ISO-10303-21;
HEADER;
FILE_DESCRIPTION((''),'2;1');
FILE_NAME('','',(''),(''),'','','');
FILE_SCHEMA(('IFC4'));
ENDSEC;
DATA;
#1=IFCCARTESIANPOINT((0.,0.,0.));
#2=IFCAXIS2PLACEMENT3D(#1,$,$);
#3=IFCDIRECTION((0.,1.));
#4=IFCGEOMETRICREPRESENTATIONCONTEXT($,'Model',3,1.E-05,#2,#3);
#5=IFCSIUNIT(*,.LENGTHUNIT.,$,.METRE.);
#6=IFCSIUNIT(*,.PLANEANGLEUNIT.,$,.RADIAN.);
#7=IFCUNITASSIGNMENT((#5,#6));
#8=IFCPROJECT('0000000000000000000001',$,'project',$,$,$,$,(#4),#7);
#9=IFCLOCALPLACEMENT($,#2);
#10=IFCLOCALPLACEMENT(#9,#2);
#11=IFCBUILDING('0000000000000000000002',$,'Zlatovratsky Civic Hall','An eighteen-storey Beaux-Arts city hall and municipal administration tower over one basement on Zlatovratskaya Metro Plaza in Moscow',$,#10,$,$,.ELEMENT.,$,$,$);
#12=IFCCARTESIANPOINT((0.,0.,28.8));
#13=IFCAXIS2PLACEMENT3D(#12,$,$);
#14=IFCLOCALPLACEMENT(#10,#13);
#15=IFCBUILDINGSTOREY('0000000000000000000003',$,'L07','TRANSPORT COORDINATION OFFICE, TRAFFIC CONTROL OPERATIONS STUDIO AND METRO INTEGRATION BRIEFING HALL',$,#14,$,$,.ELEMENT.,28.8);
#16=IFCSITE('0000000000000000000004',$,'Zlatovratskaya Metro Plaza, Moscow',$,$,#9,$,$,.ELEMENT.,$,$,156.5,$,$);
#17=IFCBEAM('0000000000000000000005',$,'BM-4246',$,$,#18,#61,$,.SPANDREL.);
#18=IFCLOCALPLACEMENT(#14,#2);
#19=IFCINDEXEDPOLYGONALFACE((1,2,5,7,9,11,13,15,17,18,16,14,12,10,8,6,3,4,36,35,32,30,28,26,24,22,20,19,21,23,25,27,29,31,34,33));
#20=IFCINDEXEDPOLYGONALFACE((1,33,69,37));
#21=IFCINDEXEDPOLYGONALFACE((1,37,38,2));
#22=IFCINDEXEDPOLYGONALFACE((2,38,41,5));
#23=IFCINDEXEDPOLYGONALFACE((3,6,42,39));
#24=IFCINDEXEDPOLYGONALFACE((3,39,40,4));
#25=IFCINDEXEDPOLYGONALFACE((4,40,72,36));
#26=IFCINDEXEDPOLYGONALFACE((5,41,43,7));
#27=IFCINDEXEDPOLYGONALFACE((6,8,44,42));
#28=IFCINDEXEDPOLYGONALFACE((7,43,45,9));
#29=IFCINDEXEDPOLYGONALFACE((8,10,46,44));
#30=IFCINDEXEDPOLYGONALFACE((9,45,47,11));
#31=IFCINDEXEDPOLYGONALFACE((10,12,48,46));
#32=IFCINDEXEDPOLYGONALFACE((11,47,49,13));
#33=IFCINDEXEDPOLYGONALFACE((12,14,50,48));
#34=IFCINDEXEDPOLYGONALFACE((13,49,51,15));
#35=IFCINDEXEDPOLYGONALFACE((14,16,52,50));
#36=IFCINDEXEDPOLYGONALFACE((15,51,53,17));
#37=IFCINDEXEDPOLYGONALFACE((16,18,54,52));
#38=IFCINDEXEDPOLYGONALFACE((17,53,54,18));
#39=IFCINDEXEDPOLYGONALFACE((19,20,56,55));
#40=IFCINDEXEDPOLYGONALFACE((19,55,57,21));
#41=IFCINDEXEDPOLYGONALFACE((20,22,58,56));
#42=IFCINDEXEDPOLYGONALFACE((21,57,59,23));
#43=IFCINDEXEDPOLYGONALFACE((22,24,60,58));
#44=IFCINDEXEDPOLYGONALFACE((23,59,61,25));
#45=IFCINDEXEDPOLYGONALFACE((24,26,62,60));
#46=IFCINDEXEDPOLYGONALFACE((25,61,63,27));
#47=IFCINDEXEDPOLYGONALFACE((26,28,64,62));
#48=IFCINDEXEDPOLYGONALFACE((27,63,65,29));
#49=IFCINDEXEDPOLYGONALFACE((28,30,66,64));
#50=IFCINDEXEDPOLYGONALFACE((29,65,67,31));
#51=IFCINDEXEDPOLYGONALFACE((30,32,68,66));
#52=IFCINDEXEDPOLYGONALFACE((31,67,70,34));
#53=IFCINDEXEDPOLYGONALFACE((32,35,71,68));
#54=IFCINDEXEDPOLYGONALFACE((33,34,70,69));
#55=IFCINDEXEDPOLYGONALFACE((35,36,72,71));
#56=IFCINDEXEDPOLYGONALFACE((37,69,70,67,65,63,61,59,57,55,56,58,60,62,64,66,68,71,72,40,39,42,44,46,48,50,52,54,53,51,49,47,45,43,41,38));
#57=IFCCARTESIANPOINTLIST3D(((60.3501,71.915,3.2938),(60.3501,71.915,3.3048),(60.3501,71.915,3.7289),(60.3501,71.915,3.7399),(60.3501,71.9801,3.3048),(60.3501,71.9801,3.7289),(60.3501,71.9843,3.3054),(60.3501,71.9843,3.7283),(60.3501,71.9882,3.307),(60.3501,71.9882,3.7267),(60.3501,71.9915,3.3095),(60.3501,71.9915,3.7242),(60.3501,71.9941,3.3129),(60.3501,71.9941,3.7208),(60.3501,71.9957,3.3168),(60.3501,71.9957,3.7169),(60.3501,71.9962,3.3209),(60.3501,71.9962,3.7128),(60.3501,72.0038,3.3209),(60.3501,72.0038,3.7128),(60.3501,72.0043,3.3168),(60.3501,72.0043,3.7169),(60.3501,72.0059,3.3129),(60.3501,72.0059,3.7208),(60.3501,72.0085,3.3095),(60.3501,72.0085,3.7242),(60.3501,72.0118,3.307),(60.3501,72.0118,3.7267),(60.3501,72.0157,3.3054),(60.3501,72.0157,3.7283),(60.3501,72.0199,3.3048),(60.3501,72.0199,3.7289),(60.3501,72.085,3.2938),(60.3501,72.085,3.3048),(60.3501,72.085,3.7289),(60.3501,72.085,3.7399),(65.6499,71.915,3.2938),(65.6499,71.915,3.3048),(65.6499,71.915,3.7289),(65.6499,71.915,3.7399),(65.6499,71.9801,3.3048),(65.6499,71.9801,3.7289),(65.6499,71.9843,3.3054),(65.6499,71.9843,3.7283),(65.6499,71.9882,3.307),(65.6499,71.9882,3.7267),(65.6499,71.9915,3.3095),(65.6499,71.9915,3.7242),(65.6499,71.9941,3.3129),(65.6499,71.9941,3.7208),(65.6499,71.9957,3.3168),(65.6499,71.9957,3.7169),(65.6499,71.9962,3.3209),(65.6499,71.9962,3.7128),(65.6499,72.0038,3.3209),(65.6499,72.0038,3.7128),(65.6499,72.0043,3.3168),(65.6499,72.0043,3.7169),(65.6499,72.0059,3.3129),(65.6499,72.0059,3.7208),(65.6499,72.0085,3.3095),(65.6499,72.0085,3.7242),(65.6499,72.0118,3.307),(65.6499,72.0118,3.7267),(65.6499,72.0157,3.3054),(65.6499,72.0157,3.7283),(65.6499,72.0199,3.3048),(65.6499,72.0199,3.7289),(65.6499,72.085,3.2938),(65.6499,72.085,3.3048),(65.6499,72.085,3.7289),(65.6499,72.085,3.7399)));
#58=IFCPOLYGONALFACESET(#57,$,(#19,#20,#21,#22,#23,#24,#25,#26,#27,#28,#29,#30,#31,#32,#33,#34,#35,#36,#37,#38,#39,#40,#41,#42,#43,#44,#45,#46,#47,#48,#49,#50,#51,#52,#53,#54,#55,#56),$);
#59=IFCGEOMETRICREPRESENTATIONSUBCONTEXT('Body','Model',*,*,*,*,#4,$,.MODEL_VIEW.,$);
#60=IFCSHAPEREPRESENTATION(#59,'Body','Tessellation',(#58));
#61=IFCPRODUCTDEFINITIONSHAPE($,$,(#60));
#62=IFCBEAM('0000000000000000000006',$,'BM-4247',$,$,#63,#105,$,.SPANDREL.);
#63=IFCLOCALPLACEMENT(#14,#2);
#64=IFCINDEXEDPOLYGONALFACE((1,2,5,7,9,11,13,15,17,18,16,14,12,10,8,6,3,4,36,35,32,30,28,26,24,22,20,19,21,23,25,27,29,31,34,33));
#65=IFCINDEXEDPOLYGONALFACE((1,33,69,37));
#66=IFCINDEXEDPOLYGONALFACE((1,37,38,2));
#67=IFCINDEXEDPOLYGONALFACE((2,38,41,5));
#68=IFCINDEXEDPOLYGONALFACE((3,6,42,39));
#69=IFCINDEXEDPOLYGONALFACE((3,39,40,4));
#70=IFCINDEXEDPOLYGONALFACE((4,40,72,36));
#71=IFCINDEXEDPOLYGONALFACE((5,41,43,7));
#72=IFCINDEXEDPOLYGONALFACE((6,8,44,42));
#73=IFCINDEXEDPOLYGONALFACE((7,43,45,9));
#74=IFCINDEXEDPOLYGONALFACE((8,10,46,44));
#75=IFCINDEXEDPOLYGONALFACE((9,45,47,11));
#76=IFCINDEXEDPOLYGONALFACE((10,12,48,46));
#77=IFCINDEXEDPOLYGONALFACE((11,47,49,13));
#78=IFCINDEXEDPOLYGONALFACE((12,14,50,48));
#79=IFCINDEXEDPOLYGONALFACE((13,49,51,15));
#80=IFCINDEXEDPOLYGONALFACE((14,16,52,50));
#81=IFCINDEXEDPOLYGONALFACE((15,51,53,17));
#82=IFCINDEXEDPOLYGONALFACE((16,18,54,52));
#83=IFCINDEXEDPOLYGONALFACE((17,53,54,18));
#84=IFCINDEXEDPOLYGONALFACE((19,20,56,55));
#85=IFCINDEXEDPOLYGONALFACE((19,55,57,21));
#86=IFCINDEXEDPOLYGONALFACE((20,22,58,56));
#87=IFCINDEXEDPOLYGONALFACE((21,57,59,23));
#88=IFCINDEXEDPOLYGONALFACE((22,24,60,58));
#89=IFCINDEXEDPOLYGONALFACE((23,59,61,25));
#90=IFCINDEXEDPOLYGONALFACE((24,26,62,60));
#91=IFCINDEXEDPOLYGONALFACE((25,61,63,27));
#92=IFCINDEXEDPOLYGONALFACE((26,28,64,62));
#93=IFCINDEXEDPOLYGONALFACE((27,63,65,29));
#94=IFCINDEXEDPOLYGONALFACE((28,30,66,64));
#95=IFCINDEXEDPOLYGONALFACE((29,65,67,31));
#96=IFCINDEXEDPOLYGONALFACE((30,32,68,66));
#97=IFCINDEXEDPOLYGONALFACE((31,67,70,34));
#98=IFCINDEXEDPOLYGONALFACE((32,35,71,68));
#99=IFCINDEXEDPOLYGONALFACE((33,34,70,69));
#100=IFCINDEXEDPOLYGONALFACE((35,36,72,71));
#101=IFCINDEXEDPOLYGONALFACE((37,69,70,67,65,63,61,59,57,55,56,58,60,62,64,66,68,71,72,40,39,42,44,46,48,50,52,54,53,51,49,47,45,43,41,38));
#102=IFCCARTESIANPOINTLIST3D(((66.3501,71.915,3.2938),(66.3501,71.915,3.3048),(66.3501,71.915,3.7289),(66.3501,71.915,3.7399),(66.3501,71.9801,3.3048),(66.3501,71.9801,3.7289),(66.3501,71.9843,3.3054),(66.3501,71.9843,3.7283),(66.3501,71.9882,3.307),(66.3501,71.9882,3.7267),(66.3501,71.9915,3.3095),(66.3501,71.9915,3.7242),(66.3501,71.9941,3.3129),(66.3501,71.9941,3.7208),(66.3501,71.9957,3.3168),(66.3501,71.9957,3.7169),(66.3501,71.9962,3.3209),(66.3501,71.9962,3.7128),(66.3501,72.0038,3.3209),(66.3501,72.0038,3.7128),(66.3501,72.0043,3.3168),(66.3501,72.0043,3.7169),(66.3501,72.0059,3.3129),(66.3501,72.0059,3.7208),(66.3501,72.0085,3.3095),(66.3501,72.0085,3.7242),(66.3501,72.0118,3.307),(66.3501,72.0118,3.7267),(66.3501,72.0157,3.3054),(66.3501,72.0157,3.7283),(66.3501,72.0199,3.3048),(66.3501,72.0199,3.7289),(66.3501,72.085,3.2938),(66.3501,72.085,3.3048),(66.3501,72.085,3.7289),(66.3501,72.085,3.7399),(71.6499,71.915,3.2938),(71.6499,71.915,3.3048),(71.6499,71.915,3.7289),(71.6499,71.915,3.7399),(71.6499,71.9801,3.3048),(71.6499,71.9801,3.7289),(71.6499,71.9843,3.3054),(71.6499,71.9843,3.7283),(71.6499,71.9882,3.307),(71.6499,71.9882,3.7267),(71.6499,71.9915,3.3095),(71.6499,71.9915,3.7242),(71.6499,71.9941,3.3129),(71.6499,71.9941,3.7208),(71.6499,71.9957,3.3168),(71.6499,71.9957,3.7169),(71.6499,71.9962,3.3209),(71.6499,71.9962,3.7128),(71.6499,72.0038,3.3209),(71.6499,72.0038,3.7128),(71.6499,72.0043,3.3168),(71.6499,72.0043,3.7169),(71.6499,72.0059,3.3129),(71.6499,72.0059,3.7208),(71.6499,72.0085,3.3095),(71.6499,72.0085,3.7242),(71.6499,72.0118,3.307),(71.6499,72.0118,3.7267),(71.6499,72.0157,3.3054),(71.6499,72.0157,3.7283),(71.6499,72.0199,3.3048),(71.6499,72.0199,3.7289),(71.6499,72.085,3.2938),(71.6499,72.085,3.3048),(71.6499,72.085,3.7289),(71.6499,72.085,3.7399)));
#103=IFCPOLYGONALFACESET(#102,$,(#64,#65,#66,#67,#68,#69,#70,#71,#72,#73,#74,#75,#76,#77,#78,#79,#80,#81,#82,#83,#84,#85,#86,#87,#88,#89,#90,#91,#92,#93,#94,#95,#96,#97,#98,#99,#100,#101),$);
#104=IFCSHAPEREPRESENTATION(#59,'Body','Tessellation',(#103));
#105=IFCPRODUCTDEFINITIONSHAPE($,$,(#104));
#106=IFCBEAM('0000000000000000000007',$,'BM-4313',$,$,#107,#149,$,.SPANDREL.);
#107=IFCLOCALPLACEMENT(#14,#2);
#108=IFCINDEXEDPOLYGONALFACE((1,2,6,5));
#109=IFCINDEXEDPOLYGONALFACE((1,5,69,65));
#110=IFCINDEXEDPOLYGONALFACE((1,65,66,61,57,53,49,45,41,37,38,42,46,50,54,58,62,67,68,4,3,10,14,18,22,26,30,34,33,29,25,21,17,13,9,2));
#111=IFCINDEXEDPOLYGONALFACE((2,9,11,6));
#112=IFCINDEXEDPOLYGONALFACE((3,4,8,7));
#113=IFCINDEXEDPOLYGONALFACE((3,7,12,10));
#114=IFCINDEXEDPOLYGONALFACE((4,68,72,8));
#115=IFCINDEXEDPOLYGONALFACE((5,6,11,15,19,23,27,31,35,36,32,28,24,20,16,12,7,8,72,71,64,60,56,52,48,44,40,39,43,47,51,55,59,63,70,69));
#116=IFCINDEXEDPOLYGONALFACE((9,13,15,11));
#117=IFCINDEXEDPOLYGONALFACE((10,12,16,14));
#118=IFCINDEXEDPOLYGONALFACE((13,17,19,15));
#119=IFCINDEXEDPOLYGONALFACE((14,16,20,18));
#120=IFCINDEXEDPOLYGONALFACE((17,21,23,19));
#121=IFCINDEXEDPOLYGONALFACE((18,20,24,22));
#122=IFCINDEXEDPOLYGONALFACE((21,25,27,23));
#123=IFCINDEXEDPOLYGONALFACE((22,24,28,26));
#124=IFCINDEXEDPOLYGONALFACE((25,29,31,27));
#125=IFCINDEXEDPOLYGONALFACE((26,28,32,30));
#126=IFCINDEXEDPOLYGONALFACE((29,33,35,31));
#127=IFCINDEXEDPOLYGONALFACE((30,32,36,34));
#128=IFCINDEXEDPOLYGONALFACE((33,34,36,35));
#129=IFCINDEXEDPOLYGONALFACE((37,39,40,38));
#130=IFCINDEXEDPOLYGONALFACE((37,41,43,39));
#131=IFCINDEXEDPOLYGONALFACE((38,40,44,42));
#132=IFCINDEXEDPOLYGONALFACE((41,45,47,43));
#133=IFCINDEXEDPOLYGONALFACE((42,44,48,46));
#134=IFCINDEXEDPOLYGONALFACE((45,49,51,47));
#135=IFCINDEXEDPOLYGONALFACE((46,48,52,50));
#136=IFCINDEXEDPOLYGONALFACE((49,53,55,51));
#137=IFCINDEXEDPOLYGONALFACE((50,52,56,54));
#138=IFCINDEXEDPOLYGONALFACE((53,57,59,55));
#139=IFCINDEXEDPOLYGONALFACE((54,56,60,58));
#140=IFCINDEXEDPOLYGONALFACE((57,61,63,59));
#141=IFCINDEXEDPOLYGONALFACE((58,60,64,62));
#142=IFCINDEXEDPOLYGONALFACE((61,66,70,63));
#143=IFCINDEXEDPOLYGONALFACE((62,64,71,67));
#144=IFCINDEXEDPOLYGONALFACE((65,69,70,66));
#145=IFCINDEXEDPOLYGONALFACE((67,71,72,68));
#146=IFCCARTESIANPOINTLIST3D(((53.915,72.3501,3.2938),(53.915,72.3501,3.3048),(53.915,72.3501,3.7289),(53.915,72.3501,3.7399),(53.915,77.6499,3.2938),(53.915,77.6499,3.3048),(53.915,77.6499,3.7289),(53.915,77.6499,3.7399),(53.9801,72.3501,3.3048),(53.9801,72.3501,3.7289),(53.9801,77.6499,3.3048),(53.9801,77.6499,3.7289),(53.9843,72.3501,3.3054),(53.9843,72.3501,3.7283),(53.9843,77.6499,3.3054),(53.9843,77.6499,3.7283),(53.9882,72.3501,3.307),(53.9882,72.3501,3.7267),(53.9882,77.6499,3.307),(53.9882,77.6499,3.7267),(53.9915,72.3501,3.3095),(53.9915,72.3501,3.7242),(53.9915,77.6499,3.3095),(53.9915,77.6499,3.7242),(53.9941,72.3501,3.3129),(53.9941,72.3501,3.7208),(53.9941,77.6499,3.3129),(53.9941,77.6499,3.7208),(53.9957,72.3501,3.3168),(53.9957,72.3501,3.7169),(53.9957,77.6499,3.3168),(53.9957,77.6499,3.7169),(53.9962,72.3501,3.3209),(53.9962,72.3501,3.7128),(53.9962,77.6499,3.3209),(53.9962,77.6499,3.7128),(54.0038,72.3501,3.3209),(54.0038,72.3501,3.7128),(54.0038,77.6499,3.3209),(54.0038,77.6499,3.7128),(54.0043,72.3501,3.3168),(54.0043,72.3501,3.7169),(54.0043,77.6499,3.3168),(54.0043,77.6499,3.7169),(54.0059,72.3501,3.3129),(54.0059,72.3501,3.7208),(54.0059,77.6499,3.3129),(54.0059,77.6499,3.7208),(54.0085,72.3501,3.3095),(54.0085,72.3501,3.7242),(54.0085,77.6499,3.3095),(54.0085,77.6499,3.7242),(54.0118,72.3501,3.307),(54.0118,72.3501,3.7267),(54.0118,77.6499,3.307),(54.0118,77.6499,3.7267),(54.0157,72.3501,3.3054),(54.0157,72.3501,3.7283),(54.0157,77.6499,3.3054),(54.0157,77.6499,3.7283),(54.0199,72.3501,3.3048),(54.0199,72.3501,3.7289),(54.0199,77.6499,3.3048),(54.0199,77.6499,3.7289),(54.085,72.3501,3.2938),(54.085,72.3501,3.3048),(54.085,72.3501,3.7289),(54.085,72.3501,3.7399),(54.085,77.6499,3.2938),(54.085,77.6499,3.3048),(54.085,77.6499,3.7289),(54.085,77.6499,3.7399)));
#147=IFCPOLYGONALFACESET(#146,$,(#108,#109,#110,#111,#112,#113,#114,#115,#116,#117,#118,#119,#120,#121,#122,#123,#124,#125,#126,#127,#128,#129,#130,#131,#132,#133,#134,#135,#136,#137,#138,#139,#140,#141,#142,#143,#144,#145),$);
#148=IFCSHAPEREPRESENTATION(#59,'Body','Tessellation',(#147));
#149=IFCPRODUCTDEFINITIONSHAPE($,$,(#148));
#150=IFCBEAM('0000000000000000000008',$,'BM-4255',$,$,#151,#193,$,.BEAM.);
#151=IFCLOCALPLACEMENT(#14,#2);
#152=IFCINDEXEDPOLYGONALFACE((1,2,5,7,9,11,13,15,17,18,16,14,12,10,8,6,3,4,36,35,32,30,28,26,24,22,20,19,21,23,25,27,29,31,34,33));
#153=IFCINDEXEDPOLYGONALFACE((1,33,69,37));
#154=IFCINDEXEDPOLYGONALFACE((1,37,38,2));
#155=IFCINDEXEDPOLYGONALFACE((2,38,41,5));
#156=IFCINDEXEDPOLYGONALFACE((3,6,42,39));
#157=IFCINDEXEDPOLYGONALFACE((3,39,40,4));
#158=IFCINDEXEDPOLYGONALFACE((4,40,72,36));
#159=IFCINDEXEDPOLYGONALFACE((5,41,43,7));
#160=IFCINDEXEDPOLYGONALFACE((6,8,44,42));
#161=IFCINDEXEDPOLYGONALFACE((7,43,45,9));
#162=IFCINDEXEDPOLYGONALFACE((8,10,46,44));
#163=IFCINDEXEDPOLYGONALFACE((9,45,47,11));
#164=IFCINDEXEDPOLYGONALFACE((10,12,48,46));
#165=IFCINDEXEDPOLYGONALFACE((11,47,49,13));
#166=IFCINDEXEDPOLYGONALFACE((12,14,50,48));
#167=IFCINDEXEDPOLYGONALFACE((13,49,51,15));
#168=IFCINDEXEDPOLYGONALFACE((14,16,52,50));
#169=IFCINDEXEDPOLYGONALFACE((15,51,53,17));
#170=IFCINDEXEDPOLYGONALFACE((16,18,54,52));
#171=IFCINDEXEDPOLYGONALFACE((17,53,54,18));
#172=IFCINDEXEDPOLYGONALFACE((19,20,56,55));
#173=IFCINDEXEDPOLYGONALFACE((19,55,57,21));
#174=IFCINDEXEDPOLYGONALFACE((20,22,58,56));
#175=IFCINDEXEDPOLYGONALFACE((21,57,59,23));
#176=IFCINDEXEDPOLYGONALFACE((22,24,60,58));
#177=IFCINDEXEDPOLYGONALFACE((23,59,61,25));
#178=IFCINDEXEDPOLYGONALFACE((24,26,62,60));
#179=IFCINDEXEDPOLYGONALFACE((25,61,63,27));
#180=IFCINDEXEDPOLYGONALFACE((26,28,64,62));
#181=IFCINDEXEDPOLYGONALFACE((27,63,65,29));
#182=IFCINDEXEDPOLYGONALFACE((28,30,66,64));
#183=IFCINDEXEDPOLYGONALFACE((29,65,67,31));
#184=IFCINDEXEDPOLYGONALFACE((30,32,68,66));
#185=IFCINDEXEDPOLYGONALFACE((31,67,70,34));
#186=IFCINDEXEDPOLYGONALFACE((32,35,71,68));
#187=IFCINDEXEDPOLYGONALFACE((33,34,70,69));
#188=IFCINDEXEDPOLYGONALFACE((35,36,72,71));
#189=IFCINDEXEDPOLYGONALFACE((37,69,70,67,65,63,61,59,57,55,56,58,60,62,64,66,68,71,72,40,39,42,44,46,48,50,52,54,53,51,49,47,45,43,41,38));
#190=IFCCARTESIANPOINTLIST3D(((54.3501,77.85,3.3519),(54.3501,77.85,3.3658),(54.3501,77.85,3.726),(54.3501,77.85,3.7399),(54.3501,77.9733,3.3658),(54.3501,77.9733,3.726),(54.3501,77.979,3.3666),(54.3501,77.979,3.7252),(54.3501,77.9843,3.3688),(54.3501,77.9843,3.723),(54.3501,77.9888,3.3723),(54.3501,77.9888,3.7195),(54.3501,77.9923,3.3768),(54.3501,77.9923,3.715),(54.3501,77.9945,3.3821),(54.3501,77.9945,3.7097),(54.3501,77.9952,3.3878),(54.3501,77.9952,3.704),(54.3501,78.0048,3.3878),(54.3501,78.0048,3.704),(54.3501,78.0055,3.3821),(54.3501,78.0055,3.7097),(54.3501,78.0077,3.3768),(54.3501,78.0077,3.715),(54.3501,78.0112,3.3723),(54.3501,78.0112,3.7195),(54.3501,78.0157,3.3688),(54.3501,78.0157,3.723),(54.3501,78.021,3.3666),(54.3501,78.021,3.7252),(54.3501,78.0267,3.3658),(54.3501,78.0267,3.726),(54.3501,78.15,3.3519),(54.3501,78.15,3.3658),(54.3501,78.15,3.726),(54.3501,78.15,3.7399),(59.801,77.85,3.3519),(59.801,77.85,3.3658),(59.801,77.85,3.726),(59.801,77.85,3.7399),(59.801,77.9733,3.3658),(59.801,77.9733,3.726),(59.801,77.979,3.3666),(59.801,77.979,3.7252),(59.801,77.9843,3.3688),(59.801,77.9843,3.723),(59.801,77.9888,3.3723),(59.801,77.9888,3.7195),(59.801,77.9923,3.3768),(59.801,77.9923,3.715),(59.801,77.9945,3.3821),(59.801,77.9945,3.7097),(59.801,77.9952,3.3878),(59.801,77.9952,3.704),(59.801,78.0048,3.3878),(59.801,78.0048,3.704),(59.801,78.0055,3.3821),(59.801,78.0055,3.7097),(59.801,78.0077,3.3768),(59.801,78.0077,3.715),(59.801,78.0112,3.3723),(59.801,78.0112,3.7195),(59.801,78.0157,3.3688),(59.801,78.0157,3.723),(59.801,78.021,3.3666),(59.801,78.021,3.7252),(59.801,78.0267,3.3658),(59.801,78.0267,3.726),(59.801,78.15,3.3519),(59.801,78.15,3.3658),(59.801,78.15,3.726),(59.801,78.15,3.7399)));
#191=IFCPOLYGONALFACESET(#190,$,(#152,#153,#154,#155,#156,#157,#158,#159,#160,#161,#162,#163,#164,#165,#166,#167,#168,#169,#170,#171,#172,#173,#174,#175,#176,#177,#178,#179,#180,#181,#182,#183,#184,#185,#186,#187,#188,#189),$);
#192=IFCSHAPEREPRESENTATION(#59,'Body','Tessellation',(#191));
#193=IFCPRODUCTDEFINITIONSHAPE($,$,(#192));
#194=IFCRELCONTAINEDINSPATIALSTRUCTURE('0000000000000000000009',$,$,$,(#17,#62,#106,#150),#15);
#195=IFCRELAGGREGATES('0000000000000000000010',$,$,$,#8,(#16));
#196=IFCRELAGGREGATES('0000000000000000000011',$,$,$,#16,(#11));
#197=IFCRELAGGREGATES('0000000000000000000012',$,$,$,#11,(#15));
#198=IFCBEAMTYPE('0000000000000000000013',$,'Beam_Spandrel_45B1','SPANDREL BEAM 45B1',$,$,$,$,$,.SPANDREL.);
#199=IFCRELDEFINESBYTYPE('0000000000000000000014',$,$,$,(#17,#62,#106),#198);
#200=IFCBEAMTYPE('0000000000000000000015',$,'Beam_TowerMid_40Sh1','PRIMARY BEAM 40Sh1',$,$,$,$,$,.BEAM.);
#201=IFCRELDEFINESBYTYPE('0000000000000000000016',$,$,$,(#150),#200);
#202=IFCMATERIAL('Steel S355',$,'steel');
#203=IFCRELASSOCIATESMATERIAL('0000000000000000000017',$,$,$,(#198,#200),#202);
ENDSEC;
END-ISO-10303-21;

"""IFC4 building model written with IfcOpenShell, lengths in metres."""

from ifc_helpers import new_model, si_unit, direction, frame, origin, origin_2d, place, context, subcontext, project, spatial, i_section, extrude, material, material_profile, profile_set, type_object, element, save


model = new_model("IFC4")

# Units and contexts
model_context = context("Model", 3, precision=1e-05, world=origin(), true_north=direction((0.0, 1.0)))
body_context = subcontext(model_context, "Body", "Model", "MODEL_VIEW")
ifc_project = project(units=[si_unit("LENGTHUNIT", "METRE"), si_unit("PLANEANGLEUNIT", "RADIAN")], contexts=[model_context])

# Site, building, storey
site_placement = place(None, origin())
site = spatial("IfcSite", under=ifc_project, at=site_placement, Name="Zlatovratskaya Metro Plaza, Moscow", CompositionType="ELEMENT", RefElevation=156.5)
building_placement = place(site_placement, origin())
building = spatial("IfcBuilding", under=site, at=building_placement, Name="Zlatovratsky Civic Hall", Description="An eighteen-storey Beaux-Arts city hall and municipal administration tower over one basement on Zlatovratskaya Metro Plaza in Moscow", CompositionType="ELEMENT")
storey_placement = place(building_placement, frame((0.0, 0.0, 28.8)))
storey = spatial("IfcBuildingStorey", under=building, at=storey_placement, Name="L07", Description="TRANSPORT COORDINATION OFFICE, TRAFFIC CONTROL OPERATIONS STUDIO AND METRO INTEGRATION BRIEFING HALL", CompositionType="ELEMENT", Elevation=28.8)

# Shared definitions
ifc_material_1 = material(Name="Steel S355", Category="steel")

# Beams
ifc_material_profile_1 = material_profile(ifc_material_1, i_section(OverallWidth=0.1699, OverallDepth=0.446, WebThickness=0.0076, FlangeThickness=0.011, FilletRadius=0.0161, at=origin_2d()), Name="45B1")
ifc_profile_set_1 = profile_set([ifc_material_profile_1], Name="Steel S355")
beam_type_1 = type_object("IfcBeamType", Name="Beam_Spandrel_45B1", Description="SPANDREL BEAM 45B1", PredefinedType="SPANDREL", material=ifc_profile_set_1)
for number, where, z_axis, x_axis, name in (
    (1, (60.3501, 72.0, 3.5168), (1.0, 0.0, 0.0), (0.0, 1.0, 0.0), "BM-4246"),
    (2, (66.3501, 72.0, 3.5168), (1.0, 0.0, 0.0), (0.0, 1.0, 0.0), "BM-4247"),
    (3, (54.0, 72.3501, 3.5168), (0.0, 1.0, 0.0), (-1.0, 0.0, 0.0), "BM-4313"),
):
    element("IfcBeam", number, at=place(storey_placement, frame(where, z_axis=z_axis, x_axis=x_axis)), inside=storey, type_object=beam_type_1, Name=name, PredefinedType="SPANDREL", context=body_context, shape_type="SweptSolid", body=[
        extrude(i_section(OverallWidth=0.1699, OverallDepth=0.446, WebThickness=0.0076, FlangeThickness=0.011, FilletRadius=0.0161, at=origin_2d()), origin(), (0.0, 0.0, 1.0), 5.2998),
    ])
ifc_material_profile_2 = material_profile(ifc_material_1, i_section(OverallWidth=0.3, OverallDepth=0.3879, WebThickness=0.0095, FlangeThickness=0.0139, FilletRadius=0.022, at=origin_2d()), Name="40Sh1")
ifc_profile_set_2 = profile_set([ifc_material_profile_2], Name="Steel S355")
beam_type_2 = type_object("IfcBeamType", Name="Beam_TowerMid_40Sh1", Description="PRIMARY BEAM 40Sh1", PredefinedType="BEAM", material=ifc_profile_set_2)
beam_placement = place(storey_placement, frame((54.3501, 78.0, 3.5459), z_axis=(1.0, 0.0, 0.0), x_axis=(0.0, 1.0, 0.0)))
element("IfcBeam", 4, at=beam_placement, inside=storey, type_object=beam_type_2, Name="BM-4255", PredefinedType="BEAM", context=body_context, shape_type="SweptSolid", body=[
    extrude(i_section(OverallWidth=0.3, OverallDepth=0.3879, WebThickness=0.0095, FlangeThickness=0.0139, FilletRadius=0.022, at=origin_2d()), origin(), (0.0, 0.0, 1.0), 5.4509),
])

save(model, "model.ifc")
